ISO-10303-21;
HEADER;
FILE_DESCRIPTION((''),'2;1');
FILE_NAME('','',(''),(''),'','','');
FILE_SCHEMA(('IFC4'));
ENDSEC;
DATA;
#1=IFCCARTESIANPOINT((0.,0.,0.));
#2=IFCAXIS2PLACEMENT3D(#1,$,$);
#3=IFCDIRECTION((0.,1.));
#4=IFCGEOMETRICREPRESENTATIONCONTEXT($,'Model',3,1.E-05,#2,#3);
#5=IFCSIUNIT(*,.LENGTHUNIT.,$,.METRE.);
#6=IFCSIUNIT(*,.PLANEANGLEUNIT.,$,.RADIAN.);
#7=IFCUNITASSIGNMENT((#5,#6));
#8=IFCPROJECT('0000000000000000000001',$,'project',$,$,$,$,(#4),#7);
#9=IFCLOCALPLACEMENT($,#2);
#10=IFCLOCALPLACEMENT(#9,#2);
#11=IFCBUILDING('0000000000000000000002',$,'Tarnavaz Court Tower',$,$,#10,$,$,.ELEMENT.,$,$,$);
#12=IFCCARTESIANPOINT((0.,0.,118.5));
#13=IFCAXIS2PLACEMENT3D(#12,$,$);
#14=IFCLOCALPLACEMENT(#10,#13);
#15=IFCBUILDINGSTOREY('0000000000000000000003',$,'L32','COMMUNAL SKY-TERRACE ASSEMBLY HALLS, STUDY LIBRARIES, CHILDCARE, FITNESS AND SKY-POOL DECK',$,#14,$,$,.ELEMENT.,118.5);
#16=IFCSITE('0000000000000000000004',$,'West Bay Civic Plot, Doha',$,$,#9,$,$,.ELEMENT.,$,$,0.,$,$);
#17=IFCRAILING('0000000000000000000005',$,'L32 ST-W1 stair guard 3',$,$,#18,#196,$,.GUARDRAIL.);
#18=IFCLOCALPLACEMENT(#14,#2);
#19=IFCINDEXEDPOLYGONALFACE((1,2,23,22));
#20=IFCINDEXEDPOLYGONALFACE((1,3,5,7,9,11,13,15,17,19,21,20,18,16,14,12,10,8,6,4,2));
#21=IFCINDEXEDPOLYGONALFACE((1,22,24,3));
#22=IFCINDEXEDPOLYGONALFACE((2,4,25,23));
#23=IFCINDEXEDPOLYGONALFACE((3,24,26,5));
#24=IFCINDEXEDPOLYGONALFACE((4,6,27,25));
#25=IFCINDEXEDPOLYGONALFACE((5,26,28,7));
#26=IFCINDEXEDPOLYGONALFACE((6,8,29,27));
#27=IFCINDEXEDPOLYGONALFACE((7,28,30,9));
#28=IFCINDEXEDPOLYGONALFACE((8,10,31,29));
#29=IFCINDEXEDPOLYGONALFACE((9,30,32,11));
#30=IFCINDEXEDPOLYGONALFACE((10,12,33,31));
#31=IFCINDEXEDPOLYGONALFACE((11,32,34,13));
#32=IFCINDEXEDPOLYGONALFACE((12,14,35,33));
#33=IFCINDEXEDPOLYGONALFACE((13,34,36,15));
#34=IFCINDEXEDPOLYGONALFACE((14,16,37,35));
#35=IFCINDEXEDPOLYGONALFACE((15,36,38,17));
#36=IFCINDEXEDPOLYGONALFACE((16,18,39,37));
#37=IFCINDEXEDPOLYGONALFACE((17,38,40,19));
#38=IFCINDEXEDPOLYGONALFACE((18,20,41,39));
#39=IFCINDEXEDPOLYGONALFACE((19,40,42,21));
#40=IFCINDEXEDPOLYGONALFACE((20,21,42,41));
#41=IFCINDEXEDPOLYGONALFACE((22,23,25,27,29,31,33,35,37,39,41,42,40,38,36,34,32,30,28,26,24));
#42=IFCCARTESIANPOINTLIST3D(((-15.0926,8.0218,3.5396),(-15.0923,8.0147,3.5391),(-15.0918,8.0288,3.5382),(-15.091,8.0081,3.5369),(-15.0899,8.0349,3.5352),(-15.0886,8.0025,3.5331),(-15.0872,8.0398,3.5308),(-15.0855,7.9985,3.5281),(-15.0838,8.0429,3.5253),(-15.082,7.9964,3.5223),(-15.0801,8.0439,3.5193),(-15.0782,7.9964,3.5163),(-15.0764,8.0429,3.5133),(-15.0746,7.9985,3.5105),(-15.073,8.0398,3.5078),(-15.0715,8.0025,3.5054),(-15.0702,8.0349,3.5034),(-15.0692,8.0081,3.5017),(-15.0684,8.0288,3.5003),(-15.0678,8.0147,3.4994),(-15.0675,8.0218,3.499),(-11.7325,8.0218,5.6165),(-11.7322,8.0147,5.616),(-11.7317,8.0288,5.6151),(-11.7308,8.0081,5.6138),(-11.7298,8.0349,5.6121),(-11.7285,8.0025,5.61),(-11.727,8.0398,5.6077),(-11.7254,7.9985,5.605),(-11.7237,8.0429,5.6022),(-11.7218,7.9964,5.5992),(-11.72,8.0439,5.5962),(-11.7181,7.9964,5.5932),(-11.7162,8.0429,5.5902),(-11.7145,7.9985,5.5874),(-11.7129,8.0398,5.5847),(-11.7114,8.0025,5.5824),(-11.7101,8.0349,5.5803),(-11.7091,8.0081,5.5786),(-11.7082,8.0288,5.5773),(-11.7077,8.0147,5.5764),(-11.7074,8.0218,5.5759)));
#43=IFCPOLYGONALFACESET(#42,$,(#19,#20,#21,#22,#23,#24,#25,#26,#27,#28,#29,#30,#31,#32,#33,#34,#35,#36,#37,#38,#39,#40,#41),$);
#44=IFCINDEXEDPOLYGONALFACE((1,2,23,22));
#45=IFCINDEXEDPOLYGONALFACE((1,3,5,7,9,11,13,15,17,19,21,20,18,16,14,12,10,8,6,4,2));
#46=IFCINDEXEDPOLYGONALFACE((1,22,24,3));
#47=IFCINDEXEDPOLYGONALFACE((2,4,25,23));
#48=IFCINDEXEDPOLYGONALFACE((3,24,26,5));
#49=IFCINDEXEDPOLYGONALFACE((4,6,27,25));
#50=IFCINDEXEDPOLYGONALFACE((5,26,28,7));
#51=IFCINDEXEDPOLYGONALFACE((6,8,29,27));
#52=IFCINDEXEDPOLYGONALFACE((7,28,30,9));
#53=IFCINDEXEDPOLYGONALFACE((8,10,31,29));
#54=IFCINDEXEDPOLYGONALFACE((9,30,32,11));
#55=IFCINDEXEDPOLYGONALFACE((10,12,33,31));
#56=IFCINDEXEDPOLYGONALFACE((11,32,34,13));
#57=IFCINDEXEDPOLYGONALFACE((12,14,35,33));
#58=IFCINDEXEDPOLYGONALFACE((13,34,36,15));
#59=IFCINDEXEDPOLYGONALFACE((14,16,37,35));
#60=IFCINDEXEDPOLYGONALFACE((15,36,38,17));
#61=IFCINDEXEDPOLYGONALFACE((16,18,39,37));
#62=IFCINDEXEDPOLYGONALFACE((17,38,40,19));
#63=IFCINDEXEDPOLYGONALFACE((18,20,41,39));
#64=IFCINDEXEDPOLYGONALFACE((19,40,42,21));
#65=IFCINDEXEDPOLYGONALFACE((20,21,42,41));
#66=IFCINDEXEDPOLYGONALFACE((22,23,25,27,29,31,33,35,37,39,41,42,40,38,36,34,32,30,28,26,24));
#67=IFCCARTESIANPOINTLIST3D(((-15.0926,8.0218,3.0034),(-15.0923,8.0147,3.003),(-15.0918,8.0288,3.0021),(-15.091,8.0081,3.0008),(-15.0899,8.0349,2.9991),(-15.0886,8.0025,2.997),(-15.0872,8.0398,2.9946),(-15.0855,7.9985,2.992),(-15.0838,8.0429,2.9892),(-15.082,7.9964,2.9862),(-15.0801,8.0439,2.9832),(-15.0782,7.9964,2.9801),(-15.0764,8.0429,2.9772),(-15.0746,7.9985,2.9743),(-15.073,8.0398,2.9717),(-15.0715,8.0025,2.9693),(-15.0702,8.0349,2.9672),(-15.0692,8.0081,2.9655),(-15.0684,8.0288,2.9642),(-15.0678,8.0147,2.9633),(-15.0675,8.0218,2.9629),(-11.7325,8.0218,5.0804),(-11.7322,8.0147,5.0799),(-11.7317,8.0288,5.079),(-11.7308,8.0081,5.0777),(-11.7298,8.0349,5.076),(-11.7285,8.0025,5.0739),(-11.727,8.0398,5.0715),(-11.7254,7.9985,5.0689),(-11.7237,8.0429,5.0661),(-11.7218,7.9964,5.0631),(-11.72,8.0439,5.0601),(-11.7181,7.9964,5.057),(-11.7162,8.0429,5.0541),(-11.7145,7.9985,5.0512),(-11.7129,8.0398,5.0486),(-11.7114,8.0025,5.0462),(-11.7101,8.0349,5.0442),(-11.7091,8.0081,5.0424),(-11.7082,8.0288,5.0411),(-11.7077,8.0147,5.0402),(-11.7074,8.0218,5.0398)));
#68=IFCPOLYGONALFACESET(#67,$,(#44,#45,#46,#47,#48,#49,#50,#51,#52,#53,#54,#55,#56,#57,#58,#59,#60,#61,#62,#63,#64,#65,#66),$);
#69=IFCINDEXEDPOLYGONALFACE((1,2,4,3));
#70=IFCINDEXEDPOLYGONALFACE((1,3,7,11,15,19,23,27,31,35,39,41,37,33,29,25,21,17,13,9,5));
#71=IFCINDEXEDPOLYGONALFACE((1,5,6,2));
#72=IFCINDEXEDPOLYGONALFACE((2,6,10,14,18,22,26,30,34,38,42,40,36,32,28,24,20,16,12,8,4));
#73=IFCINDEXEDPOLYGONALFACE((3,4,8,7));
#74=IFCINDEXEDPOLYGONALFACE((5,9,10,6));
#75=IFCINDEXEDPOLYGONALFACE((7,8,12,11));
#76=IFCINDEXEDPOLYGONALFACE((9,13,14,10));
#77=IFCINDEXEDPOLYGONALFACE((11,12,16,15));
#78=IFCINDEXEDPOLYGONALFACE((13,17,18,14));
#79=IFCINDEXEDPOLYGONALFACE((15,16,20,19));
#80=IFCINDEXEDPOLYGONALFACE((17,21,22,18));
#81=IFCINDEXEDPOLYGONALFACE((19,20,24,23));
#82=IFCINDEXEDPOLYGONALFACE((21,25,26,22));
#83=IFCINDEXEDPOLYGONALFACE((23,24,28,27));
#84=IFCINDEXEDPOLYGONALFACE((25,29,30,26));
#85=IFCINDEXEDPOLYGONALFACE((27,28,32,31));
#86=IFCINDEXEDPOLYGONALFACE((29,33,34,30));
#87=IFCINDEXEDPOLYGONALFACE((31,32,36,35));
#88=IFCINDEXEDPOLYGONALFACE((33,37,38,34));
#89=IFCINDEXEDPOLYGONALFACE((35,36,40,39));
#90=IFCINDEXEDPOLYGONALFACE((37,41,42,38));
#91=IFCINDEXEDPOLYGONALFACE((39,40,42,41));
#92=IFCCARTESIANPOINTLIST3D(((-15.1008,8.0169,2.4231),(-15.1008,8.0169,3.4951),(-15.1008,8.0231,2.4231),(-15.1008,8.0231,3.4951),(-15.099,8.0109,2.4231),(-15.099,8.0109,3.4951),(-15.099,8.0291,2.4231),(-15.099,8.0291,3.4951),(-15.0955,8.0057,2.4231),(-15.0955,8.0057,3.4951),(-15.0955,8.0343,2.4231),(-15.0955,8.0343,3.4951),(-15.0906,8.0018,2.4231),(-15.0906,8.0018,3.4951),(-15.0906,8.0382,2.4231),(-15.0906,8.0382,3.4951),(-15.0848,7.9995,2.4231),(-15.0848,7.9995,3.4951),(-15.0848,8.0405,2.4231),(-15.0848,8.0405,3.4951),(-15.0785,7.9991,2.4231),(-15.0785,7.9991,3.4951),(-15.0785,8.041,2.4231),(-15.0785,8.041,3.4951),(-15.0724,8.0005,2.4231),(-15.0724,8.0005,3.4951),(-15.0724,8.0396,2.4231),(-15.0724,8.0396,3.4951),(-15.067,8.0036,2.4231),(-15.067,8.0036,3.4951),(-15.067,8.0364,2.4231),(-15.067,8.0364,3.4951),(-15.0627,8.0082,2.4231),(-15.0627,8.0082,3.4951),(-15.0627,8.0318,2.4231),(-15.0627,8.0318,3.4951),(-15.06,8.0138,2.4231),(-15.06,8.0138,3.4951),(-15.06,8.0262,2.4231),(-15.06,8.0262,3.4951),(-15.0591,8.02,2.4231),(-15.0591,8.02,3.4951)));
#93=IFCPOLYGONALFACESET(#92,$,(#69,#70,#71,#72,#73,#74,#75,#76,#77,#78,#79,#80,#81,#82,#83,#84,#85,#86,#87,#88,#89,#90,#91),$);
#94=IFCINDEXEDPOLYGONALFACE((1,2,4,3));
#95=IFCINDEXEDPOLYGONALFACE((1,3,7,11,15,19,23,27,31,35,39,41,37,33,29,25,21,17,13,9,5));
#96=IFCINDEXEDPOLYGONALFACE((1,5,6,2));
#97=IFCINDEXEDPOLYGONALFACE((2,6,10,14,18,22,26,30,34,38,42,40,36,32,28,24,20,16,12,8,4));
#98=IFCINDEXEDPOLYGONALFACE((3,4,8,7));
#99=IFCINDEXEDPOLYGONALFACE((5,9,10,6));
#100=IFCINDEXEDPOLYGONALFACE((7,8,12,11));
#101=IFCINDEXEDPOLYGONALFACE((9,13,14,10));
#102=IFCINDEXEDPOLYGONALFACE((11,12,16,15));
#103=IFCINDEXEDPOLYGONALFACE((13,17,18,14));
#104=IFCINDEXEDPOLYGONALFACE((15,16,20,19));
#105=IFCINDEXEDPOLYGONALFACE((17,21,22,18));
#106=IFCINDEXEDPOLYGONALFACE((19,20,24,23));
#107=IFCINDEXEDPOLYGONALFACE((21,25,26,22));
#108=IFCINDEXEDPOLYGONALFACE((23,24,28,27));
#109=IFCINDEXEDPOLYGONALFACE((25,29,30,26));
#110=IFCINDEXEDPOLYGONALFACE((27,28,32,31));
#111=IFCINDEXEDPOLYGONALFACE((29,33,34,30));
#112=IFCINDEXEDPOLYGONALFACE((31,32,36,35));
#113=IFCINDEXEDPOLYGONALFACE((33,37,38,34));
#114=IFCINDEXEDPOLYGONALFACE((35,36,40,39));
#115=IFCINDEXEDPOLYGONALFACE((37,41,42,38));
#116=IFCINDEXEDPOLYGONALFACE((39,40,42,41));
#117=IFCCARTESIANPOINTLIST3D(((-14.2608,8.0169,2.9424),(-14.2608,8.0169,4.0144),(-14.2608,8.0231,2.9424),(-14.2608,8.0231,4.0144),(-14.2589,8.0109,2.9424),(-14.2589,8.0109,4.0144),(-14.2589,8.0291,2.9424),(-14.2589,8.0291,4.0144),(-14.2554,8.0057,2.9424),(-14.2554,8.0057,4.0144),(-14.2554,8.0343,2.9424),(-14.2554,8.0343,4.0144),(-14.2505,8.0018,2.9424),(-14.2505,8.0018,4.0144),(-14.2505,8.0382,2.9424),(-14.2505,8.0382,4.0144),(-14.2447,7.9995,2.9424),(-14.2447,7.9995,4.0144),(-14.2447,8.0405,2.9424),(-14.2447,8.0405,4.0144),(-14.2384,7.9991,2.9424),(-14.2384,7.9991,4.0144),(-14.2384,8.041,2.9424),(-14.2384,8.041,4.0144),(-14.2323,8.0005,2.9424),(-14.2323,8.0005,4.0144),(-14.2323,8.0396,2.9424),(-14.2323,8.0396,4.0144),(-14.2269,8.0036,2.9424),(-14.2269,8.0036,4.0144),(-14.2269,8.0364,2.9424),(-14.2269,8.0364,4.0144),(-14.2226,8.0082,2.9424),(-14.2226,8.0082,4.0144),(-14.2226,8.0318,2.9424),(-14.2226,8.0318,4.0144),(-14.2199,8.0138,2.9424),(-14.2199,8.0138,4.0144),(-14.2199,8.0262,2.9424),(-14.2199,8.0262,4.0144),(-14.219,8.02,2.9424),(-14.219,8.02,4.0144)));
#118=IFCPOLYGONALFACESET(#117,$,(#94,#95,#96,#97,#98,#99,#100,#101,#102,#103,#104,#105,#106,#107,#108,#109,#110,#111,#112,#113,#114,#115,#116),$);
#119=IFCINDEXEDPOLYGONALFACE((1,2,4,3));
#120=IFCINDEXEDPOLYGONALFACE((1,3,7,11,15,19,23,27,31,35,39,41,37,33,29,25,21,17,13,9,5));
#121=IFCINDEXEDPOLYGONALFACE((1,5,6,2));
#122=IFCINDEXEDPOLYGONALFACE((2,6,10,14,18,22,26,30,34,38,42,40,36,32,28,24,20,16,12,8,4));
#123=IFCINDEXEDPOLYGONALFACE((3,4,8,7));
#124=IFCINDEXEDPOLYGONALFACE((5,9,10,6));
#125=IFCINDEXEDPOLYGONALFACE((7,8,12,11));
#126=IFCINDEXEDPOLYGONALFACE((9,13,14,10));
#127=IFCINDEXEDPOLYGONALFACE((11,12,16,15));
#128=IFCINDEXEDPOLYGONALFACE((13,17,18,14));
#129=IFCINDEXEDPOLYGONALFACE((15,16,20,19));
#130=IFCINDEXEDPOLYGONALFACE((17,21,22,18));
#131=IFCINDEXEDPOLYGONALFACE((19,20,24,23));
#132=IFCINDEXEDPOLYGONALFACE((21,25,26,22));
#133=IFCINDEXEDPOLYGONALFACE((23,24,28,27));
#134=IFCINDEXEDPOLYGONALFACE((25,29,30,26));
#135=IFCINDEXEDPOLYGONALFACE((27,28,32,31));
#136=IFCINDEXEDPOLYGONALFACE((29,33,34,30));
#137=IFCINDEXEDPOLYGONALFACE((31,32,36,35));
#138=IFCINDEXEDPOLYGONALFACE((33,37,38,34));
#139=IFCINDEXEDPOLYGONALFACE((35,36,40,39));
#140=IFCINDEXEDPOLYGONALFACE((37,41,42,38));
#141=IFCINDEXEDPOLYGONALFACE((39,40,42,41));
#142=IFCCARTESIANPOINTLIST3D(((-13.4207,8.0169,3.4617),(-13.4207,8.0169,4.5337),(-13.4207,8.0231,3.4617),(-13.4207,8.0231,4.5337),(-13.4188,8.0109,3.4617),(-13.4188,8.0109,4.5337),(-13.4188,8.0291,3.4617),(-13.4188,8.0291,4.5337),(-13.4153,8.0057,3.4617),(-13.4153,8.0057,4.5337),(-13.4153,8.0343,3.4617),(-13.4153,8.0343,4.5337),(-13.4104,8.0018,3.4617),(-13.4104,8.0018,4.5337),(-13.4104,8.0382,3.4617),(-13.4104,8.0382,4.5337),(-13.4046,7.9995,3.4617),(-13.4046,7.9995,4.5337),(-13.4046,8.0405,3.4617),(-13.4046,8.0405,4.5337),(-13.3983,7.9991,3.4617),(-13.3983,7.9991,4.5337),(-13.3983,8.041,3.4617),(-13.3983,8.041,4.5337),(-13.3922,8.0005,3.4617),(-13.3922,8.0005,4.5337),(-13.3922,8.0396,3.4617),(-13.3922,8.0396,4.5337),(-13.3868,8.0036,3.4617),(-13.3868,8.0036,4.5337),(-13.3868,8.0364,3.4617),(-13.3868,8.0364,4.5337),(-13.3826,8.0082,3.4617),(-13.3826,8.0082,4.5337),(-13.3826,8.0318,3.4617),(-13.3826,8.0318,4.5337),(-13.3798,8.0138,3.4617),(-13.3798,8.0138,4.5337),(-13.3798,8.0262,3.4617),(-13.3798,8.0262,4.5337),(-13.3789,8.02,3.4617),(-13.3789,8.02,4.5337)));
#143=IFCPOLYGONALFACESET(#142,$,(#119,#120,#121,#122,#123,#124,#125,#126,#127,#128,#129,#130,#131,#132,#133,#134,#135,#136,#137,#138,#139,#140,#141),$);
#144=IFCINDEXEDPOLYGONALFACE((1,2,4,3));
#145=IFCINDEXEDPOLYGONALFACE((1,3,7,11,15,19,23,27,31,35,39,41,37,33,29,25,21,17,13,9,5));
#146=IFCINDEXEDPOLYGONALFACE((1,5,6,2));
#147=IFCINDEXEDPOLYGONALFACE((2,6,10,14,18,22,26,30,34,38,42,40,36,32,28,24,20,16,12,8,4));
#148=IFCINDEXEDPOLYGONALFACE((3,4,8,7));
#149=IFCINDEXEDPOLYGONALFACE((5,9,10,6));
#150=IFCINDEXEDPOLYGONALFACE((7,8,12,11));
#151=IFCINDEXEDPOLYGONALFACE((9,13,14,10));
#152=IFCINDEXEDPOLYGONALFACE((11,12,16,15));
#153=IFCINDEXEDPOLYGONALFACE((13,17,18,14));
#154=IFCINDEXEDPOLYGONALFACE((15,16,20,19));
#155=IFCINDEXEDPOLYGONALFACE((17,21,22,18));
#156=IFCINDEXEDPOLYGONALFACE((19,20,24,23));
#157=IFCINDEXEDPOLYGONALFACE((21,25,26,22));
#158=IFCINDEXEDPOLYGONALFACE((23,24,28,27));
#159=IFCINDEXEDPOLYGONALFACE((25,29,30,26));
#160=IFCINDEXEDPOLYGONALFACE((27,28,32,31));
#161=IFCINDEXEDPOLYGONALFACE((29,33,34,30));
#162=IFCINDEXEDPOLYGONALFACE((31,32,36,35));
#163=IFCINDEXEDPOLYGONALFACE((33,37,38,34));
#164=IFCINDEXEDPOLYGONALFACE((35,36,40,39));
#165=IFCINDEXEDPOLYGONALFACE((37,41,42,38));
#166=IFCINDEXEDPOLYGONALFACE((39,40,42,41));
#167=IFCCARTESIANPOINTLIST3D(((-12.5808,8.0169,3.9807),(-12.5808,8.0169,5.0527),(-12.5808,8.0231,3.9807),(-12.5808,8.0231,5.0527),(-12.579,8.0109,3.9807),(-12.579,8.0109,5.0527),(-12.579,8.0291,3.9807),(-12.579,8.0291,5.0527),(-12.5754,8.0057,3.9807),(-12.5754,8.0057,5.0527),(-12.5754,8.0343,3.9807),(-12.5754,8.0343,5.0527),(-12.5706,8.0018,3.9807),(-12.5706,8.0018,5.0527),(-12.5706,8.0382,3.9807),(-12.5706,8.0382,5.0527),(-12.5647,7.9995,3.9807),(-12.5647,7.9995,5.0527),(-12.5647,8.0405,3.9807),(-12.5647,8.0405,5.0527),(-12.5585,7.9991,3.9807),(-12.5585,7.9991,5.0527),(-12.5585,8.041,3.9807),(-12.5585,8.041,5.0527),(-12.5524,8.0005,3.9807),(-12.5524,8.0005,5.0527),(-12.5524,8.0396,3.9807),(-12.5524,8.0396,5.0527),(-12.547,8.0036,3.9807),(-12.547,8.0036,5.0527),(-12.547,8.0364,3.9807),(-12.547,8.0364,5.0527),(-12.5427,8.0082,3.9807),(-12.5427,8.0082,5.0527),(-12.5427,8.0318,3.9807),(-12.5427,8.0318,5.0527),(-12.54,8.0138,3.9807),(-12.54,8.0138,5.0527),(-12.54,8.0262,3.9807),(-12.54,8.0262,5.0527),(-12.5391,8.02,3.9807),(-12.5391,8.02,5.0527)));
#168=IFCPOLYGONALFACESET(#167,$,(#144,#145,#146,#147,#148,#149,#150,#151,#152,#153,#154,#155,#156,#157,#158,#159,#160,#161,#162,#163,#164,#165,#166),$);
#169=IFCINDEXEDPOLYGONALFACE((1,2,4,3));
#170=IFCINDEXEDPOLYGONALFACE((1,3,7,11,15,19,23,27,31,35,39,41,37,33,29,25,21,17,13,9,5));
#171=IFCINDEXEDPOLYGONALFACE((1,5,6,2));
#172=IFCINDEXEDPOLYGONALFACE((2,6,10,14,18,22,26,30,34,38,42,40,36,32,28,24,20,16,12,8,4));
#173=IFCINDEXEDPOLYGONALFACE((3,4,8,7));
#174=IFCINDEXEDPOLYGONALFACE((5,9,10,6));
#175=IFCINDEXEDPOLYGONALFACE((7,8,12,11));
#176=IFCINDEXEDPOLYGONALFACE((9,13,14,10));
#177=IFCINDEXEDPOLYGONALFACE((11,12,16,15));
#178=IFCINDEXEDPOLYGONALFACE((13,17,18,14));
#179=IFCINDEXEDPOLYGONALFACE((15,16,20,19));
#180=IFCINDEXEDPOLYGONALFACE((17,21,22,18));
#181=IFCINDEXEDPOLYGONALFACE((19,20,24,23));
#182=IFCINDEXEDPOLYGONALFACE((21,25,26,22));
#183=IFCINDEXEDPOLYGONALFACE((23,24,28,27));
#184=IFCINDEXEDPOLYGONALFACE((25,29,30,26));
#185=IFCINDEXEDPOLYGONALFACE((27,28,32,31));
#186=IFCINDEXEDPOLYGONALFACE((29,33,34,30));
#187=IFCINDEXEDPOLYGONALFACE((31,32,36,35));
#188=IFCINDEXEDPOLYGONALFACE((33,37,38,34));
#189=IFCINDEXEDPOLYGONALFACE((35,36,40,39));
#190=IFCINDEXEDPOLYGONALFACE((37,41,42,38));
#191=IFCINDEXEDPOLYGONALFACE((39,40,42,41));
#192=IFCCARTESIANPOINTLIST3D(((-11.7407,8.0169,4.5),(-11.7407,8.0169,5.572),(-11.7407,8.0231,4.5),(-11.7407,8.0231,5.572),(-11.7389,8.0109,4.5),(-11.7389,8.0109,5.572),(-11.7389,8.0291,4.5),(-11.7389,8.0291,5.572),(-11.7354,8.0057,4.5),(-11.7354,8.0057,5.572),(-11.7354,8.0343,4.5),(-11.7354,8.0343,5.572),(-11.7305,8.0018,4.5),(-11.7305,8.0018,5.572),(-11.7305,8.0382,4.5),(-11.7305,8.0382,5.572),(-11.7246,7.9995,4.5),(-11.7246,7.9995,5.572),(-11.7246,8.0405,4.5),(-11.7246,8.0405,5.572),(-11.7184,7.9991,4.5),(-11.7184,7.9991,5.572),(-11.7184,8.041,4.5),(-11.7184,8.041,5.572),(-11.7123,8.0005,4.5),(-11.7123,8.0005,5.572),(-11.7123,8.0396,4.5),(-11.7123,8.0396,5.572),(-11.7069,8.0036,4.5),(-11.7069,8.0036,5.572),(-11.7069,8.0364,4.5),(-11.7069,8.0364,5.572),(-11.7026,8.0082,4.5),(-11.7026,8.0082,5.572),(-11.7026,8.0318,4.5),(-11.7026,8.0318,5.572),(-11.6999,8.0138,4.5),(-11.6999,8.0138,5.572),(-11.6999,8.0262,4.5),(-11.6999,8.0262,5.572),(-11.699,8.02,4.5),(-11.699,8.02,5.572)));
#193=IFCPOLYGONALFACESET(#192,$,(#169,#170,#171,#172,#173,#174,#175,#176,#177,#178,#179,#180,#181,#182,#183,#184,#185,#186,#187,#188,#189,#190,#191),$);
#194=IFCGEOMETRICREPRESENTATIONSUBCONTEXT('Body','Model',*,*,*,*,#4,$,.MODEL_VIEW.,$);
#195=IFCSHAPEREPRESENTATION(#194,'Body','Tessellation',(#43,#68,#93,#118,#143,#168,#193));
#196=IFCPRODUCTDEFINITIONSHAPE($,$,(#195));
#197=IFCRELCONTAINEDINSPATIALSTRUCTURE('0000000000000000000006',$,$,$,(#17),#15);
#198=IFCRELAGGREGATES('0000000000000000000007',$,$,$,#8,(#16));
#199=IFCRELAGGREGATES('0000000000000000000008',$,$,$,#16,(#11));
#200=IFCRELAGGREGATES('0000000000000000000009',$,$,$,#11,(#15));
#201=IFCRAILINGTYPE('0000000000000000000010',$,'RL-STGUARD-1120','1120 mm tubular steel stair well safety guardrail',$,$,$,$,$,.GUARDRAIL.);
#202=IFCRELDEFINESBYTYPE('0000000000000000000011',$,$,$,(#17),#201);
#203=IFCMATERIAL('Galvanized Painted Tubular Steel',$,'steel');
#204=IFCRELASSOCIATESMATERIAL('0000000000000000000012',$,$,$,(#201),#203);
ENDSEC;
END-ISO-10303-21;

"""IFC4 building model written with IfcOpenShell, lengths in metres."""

from ifc_helpers import new_model, si_unit, direction, frame, origin, origin_2d, place, context, subcontext, project, spatial, circle, extrude, material, type_object, element, save


model = new_model("IFC4")

# Units and contexts
model_context = context("Model", 3, precision=1e-05, world=origin(), true_north=direction((0.0, 1.0)))
body_context = subcontext(model_context, "Body", "Model", "MODEL_VIEW")
ifc_project = project(units=[si_unit("LENGTHUNIT", "METRE"), si_unit("PLANEANGLEUNIT", "RADIAN")], contexts=[model_context])

# Site, building, storey
site_placement = place(None, origin())
site = spatial("IfcSite", under=ifc_project, at=site_placement, Name="West Bay Civic Plot, Doha", CompositionType="ELEMENT", RefElevation=0.0)
building_placement = place(site_placement, origin())
building = spatial("IfcBuilding", under=site, at=building_placement, Name="Tarnavaz Court Tower", CompositionType="ELEMENT")
storey_placement = place(building_placement, frame((0.0, 0.0, 118.5)))
storey = spatial("IfcBuildingStorey", under=building, at=storey_placement, Name="L32", Description="COMMUNAL SKY-TERRACE ASSEMBLY HALLS, STUDY LIBRARIES, CHILDCARE, FITNESS AND SKY-POOL DECK", CompositionType="ELEMENT", Elevation=118.5)

# Railing
ifc_material_1 = material(Name="Galvanized Painted Tubular Steel", Category="steel")
railing_type_1 = type_object("IfcRailingType", Name="RL-STGUARD-1120", Description="1120 mm tubular steel stair well safety guardrail", PredefinedType="GUARDRAIL", material=ifc_material_1)
railing_1_placement = place(storey_placement, frame((-15.0801, 8.02, 2.4231)))
element("IfcRailing", 1, at=railing_1_placement, inside=storey, type_object=railing_type_1, Name="L32 ST-W1 stair guard 3", PredefinedType="GUARDRAIL", context=body_context, shape_type="SweptSolid", body=[
    extrude(circle(Radius=0.0239, at=origin_2d()), frame((0.0, 0.0, 1.0962), z_axis=(0.850623, 0.0, 0.525776), x_axis=(0.0, 1.0, 0.0)), (0.0, 0.0, 1.0), 3.9502),
    extrude(circle(Radius=0.0239, at=origin_2d()), frame((0.0, 0.0, 0.5601), z_axis=(0.850623, 0.0, 0.525776), x_axis=(0.0, 1.0, 0.0)), (0.0, 0.0, 1.0), 3.9502),
    extrude(circle(Radius=0.021, at=origin_2d()), origin(), (0.0, 0.0, 1.0), 1.072),
    extrude(circle(Radius=0.021, at=origin_2d()), frame((0.8401, 0.0, 0.5193)), (0.0, 0.0, 1.0), 1.072),
    extrude(circle(Radius=0.021, at=origin_2d()), frame((1.6802, 0.0, 1.0386)), (0.0, 0.0, 1.0), 1.072),
    extrude(circle(Radius=0.021, at=origin_2d()), frame((2.52, 0.0, 1.5576)), (0.0, 0.0, 1.0), 1.072),
    extrude(circle(Radius=0.021, at=origin_2d()), frame((3.3601, 0.0, 2.0769)), (0.0, 0.0, 1.0), 1.072),
])

save(model, "model.ifc")
